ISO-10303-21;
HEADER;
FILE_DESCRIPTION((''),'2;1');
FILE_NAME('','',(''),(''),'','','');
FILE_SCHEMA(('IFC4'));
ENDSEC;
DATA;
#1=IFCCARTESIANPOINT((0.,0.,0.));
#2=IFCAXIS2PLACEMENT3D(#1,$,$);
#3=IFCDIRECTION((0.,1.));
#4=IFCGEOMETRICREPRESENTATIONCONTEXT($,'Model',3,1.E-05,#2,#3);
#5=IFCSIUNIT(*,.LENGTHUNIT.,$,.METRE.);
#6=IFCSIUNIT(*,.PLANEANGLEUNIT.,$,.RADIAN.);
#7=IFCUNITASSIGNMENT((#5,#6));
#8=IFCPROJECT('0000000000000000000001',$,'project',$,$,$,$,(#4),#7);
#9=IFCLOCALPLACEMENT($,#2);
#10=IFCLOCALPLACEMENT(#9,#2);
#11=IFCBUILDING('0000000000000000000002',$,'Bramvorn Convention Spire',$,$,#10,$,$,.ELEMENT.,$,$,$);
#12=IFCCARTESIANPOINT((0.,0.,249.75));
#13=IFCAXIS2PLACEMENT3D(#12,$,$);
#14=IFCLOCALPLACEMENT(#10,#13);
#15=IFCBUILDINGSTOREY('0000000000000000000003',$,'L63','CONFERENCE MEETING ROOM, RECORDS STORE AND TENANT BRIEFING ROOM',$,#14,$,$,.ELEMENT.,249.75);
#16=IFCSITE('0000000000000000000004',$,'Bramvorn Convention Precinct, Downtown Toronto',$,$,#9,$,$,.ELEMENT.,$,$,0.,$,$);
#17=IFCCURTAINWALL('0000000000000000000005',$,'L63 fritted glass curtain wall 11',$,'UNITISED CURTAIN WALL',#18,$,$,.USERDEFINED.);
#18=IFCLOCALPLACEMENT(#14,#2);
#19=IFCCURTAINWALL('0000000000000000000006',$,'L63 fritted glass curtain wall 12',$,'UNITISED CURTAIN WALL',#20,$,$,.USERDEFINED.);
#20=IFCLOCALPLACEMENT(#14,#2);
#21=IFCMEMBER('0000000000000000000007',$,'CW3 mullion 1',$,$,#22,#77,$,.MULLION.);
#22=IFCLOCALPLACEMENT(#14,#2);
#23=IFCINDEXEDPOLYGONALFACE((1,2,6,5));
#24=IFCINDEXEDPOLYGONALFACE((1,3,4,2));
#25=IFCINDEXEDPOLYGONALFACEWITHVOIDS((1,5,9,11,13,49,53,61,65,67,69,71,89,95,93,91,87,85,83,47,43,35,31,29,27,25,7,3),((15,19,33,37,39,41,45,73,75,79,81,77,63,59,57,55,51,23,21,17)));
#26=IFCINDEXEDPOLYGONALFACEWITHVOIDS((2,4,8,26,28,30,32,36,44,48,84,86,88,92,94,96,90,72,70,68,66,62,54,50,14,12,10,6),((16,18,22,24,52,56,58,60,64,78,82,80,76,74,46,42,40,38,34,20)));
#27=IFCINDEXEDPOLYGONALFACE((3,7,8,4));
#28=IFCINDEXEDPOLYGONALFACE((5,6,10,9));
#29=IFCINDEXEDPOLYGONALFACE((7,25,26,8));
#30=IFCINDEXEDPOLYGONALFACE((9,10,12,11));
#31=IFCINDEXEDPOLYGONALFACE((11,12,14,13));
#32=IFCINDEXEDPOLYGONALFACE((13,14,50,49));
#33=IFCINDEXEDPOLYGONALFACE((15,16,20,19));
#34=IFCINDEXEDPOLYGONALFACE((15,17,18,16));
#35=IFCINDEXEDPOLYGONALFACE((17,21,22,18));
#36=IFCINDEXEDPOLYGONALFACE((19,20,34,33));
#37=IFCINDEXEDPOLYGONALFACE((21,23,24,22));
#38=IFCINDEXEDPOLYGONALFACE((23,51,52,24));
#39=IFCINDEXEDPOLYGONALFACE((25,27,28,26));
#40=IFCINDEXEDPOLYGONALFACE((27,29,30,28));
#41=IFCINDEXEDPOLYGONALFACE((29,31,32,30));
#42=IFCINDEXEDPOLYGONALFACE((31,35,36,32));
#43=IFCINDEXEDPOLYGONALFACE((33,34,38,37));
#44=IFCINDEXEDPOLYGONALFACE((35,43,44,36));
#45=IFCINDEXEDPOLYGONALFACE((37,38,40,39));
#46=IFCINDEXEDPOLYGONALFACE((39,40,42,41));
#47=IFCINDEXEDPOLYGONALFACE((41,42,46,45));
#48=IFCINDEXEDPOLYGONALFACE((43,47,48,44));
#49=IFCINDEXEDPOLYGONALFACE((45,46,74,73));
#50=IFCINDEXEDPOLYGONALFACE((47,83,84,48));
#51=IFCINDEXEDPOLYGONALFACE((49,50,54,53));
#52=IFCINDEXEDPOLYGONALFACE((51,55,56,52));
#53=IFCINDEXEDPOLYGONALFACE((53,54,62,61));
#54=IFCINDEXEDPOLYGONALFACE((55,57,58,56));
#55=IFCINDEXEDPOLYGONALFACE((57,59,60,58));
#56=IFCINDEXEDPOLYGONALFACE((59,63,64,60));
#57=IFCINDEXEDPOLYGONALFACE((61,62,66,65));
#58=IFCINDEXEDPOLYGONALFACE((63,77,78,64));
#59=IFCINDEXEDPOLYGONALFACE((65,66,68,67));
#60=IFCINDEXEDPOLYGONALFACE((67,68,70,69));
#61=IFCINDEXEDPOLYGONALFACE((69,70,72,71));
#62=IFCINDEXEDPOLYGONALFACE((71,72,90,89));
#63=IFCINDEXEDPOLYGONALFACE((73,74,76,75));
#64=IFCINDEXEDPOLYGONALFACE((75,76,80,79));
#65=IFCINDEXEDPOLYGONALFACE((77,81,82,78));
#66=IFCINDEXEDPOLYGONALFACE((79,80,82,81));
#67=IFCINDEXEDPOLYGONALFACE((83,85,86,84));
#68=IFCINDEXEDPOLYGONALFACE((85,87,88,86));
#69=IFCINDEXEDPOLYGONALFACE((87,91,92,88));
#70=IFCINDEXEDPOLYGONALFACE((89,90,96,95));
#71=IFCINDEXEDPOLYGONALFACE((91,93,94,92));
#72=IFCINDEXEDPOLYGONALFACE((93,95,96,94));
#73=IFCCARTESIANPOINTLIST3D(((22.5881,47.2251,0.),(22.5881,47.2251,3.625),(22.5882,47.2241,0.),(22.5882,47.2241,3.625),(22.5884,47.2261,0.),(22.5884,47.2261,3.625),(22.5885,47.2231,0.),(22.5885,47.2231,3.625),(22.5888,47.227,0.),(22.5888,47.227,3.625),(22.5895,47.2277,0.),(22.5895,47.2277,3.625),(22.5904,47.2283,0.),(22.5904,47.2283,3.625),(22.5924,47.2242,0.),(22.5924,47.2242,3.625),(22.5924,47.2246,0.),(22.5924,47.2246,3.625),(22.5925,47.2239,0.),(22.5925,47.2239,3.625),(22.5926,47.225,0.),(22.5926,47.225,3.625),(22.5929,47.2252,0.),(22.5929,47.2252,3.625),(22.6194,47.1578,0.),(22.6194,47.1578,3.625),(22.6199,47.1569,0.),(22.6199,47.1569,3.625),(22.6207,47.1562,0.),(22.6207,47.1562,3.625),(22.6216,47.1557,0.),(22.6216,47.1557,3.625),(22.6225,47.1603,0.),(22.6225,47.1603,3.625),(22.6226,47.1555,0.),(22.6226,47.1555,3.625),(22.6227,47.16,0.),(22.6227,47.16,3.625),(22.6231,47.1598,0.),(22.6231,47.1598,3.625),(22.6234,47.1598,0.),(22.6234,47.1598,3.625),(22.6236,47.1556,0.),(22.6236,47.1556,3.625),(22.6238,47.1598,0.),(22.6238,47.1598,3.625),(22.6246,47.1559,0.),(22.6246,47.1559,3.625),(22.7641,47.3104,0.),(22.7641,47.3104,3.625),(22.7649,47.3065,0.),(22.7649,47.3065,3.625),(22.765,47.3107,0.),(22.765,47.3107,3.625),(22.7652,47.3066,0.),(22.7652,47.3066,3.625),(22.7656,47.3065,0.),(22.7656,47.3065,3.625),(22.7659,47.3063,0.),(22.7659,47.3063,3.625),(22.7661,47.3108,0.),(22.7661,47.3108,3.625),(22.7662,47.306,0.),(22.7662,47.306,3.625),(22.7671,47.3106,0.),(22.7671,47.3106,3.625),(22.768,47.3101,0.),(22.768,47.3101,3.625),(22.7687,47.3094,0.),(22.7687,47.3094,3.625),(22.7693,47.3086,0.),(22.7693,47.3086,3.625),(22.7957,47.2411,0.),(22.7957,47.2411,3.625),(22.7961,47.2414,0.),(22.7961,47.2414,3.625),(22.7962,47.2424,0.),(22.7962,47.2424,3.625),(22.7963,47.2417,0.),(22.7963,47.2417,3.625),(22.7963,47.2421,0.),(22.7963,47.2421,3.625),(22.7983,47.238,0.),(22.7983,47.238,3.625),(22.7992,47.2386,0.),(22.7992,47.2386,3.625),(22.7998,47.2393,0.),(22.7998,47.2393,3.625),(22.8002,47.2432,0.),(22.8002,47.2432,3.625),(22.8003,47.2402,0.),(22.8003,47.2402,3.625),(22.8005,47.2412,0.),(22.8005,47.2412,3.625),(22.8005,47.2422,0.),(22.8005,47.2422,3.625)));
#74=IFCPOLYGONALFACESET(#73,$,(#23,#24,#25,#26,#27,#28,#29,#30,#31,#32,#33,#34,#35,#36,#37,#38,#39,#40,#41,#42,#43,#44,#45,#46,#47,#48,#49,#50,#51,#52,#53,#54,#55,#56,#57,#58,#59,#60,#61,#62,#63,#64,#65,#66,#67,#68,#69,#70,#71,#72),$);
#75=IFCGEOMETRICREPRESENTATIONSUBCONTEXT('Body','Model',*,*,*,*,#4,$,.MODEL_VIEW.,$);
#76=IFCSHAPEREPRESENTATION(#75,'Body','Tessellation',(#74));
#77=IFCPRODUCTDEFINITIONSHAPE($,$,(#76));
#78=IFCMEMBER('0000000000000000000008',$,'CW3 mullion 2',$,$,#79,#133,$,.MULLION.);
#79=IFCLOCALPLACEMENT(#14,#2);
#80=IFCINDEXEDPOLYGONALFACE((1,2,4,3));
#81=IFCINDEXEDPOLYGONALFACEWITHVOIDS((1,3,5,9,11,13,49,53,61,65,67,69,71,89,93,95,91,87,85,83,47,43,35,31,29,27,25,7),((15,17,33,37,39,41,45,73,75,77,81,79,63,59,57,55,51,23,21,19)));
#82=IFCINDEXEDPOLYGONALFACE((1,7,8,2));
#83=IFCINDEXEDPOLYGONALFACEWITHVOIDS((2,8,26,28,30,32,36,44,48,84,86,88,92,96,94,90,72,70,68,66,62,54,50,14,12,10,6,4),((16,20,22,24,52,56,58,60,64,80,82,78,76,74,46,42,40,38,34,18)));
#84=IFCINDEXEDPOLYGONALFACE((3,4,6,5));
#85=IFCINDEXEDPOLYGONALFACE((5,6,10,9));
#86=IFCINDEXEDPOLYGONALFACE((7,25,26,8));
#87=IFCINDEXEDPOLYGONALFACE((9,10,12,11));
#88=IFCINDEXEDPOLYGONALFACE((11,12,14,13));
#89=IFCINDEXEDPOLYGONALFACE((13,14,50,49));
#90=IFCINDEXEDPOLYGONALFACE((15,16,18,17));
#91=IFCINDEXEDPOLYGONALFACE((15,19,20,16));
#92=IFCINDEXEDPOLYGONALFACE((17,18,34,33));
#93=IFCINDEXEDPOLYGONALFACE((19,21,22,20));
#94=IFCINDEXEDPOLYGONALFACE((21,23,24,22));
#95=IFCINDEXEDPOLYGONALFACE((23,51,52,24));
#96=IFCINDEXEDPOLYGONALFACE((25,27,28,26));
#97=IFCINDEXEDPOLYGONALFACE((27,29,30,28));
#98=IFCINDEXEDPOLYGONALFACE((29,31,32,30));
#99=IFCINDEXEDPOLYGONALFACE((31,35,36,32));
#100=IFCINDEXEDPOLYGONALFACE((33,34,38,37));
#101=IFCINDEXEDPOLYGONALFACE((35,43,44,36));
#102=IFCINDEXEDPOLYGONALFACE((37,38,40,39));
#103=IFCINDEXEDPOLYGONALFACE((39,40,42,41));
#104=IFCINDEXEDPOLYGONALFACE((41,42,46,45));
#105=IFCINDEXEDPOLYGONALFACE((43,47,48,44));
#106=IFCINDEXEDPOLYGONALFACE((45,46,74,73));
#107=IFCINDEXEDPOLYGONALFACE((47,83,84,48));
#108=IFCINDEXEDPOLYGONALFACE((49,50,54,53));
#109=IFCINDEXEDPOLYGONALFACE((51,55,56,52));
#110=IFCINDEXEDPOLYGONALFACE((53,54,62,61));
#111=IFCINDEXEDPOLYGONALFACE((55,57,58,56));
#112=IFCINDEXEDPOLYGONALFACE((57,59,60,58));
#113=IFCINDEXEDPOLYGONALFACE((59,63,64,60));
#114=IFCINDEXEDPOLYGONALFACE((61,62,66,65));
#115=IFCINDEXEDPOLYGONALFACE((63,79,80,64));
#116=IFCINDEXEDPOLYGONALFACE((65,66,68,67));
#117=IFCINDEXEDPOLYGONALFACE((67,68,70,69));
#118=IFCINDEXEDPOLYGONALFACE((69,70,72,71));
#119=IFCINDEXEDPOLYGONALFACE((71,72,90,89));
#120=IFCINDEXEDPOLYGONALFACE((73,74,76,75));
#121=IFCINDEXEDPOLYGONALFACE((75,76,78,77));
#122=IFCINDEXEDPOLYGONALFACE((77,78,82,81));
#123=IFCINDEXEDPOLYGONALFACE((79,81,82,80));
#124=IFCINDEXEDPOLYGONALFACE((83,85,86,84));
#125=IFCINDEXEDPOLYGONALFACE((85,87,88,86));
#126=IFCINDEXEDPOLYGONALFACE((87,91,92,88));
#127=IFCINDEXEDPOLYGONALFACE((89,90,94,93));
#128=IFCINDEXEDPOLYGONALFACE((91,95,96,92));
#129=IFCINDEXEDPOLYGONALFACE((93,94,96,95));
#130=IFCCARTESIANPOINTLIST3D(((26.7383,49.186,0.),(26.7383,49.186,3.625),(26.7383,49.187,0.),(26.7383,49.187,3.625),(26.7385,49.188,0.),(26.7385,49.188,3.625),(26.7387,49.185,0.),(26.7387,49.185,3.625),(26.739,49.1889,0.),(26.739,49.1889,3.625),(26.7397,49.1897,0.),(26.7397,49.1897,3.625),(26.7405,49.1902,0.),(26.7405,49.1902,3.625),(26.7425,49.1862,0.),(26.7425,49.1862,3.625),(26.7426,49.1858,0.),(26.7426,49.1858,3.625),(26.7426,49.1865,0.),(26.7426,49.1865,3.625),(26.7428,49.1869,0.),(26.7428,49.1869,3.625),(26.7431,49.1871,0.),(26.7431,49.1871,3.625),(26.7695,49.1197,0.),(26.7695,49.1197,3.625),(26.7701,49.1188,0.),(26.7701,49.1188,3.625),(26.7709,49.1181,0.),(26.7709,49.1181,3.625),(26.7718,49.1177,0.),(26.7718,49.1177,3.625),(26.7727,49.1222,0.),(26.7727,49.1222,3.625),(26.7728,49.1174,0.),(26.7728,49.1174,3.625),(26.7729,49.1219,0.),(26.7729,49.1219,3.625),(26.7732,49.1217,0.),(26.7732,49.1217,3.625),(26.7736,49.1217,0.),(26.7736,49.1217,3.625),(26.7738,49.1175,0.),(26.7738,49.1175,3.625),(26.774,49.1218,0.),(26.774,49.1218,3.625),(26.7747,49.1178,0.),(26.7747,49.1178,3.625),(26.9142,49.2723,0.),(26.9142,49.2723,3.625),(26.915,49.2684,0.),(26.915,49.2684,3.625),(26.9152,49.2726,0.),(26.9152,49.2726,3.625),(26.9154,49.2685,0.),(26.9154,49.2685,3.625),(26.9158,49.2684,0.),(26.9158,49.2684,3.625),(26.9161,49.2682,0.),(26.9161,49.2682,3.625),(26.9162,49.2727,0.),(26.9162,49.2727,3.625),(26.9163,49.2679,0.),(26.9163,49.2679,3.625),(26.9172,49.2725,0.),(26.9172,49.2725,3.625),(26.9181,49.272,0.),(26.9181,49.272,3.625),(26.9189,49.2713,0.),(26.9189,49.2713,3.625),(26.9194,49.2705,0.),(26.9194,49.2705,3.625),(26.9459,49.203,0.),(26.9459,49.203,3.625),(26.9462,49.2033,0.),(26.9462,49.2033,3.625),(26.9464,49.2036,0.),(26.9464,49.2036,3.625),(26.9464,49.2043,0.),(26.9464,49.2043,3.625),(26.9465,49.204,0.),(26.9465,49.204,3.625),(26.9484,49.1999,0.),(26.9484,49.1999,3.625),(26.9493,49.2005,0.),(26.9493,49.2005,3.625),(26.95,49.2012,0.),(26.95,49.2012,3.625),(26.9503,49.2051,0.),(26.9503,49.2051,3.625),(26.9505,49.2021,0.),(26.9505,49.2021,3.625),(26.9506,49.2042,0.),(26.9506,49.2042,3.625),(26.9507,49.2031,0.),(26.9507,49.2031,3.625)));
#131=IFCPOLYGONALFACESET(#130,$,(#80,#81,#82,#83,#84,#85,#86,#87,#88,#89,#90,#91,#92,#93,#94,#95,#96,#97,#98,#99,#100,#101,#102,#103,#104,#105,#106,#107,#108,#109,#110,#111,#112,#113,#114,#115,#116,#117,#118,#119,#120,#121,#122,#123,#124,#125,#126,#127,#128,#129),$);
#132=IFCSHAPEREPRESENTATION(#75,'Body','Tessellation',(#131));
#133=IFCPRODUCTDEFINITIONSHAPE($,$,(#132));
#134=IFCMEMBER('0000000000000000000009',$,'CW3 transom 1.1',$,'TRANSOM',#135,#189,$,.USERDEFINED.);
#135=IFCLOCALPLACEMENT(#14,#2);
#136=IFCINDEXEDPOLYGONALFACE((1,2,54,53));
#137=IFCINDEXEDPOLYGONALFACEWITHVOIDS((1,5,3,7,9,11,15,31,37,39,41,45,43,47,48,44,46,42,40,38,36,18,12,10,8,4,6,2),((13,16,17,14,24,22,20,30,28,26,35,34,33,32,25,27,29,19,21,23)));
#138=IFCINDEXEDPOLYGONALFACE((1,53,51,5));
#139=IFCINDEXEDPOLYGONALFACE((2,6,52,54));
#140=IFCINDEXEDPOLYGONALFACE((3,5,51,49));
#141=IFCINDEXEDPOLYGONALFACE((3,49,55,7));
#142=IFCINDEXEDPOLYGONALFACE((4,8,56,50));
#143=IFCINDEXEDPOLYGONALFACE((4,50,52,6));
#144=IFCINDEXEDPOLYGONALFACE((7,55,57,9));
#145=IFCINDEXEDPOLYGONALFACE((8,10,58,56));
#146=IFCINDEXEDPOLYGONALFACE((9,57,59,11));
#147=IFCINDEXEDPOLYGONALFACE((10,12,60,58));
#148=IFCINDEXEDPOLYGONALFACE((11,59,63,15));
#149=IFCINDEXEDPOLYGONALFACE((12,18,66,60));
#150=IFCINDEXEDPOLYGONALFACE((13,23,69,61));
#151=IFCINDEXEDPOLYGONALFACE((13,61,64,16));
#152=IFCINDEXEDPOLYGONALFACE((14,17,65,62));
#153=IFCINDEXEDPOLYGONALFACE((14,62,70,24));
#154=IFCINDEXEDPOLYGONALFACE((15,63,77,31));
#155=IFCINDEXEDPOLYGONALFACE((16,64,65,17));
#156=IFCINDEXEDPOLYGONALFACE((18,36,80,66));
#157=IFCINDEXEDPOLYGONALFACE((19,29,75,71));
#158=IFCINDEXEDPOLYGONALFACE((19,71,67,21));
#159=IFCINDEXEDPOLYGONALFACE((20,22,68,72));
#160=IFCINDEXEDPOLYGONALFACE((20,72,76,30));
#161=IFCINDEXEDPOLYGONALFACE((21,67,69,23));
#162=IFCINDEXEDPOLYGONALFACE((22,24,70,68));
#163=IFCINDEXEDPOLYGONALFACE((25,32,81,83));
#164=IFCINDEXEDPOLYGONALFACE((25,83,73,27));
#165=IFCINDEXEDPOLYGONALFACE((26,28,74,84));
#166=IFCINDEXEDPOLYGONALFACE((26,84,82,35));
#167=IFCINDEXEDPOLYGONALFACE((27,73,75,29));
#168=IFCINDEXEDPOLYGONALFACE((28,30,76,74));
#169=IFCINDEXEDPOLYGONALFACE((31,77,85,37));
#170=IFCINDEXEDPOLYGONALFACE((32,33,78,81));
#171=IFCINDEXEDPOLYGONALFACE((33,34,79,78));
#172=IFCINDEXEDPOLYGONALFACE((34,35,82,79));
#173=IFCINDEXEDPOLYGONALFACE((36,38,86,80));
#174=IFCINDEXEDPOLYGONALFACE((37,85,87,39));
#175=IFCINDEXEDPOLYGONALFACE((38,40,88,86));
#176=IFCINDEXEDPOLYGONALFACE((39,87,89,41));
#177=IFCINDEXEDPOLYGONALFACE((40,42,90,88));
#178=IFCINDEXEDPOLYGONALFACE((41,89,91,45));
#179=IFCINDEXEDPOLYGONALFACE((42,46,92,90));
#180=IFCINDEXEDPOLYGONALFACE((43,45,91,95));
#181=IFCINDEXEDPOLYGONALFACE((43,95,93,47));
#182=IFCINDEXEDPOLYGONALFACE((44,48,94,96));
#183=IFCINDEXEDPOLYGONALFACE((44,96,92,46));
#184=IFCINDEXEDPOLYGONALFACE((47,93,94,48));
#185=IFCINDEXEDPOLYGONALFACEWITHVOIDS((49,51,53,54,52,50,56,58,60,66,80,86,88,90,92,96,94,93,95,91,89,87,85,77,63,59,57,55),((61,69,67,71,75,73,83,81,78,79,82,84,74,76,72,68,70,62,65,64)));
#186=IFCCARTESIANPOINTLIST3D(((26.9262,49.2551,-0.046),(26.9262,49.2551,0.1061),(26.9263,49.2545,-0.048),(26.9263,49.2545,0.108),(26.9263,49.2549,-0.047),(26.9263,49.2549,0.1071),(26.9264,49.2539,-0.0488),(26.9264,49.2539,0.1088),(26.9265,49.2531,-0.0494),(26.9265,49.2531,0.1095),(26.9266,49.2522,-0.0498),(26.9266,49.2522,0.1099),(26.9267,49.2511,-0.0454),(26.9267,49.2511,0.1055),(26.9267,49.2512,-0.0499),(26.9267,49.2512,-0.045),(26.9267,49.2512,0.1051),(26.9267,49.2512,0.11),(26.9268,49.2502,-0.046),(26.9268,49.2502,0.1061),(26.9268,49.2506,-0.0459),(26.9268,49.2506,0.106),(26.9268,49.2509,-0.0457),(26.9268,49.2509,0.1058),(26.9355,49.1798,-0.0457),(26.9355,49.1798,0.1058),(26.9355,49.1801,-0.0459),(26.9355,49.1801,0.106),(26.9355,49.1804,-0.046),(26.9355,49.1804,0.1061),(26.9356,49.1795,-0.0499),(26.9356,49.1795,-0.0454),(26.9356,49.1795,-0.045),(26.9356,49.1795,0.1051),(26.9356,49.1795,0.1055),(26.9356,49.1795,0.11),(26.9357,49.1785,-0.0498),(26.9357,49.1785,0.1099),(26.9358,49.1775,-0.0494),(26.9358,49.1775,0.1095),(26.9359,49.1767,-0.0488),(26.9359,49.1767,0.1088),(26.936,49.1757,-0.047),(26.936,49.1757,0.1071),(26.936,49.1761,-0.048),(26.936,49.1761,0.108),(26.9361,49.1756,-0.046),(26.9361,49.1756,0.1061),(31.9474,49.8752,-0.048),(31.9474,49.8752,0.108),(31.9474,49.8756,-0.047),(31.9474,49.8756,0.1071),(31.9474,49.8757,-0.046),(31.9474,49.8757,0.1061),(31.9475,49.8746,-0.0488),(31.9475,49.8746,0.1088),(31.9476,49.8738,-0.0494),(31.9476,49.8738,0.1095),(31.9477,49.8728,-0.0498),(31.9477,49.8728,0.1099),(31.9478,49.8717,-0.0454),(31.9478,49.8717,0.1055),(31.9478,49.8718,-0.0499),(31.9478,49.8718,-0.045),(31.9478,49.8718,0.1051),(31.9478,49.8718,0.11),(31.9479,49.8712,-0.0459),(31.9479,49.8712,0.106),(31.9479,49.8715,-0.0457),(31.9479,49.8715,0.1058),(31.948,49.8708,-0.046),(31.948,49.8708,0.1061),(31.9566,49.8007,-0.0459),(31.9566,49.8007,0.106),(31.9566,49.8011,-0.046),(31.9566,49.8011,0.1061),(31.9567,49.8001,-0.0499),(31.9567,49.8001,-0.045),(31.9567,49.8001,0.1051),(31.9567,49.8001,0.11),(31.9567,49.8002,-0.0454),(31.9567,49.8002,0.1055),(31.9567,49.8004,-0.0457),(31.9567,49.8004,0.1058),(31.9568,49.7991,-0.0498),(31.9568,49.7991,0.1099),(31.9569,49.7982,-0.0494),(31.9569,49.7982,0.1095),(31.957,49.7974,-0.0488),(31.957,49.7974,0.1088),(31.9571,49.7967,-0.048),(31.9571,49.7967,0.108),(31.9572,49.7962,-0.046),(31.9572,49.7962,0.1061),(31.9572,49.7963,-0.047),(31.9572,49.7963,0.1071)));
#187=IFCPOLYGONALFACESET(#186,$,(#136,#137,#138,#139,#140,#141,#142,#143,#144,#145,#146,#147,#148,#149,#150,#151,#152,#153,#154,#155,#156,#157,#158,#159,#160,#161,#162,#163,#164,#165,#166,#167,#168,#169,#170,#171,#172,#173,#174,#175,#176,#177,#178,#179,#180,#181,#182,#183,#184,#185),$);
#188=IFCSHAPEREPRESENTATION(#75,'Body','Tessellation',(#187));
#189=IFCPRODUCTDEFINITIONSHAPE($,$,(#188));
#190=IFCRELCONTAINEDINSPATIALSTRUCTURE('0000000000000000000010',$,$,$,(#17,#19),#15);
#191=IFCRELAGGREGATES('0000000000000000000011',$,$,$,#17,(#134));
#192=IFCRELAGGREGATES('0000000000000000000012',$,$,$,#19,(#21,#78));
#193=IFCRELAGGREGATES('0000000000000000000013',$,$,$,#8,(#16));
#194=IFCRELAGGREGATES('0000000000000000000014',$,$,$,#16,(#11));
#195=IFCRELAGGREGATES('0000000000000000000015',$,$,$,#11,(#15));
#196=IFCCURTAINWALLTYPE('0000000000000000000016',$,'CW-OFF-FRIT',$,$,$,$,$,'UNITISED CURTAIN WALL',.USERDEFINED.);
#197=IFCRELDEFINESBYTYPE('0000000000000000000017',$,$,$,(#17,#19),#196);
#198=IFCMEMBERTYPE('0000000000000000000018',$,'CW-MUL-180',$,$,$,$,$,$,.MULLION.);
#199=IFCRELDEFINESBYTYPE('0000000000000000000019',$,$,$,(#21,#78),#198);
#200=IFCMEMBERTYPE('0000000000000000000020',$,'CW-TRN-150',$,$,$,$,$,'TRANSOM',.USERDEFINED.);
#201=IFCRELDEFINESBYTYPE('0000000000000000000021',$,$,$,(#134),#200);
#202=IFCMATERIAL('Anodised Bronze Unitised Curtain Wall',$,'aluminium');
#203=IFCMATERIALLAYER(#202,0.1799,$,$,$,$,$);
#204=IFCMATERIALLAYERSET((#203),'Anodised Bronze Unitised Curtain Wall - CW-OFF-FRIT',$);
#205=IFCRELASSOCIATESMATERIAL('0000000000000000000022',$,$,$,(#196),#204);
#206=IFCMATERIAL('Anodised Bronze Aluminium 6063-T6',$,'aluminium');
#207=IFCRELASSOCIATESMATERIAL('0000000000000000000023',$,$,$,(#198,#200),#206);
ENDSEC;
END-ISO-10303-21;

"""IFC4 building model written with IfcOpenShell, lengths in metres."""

from ifc_helpers import new_model, si_unit, direction, frame, origin, origin_2d, place, context, subcontext, project, spatial, hollow_rectangle, extrude, material, layer, layer_set, material_profile, profile_set, type_object, element, aggregate, save


model = new_model("IFC4")

# Units and contexts
model_context = context("Model", 3, precision=1e-05, world=origin(), true_north=direction((0.0, 1.0)))
body_context = subcontext(model_context, "Body", "Model", "MODEL_VIEW")
ifc_project = project(units=[si_unit("LENGTHUNIT", "METRE"), si_unit("PLANEANGLEUNIT", "RADIAN")], contexts=[model_context])

# Site, building, storey
site_placement = place(None, origin())
site = spatial("IfcSite", under=ifc_project, at=site_placement, Name="Bramvorn Convention Precinct, Downtown Toronto", CompositionType="ELEMENT", RefElevation=0.0)
building_placement = place(site_placement, origin())
building = spatial("IfcBuilding", under=site, at=building_placement, Name="Bramvorn Convention Spire", CompositionType="ELEMENT")
storey_placement = place(building_placement, frame((0.0, 0.0, 249.75)))
storey = spatial("IfcBuildingStorey", under=building, at=storey_placement, Name="L63", Description="CONFERENCE MEETING ROOM, RECORDS STORE AND TENANT BRIEFING ROOM", CompositionType="ELEMENT", Elevation=249.75)

# Curtain walls, members
ifc_material_1 = material(Name="Anodised Bronze Unitised Curtain Wall", Category="aluminium")
ifc_layer_1 = layer(ifc_material_1, 0.1799)
ifc_layer_set_1 = layer_set([ifc_layer_1], Name="Anodised Bronze Unitised Curtain Wall - CW-OFF-FRIT")
curtain_wall_type = type_object("IfcCurtainWallType", Name="CW-OFF-FRIT", ElementType="UNITISED CURTAIN WALL", PredefinedType="USERDEFINED", material=ifc_layer_set_1)
curtain_wall_1_placement = place(storey_placement, origin())
curtain_wall_1 = element("IfcCurtainWall", 1, at=curtain_wall_1_placement, inside=storey, type_object=curtain_wall_type, Name="L63 fritted glass curtain wall 11", ObjectType="UNITISED CURTAIN WALL", PredefinedType="USERDEFINED")
ifc_material_2 = material(Name="Anodised Bronze Aluminium 6063-T6", Category="aluminium")
ifc_material_profile_1 = material_profile(ifc_material_2, hollow_rectangle(XDim=0.0801, YDim=0.2, WallThickness=0.0039, InnerFilletRadius=0.001, OuterFilletRadius=0.0039, at=origin_2d()))
ifc_profile_set_1 = profile_set([ifc_material_profile_1], Name="Anodised Bronze Aluminium 6063-T6 - CWM80X200")
member_type_1 = type_object("IfcMemberType", Name="CW-MUL-180", PredefinedType="MULLION", material=ifc_profile_set_1)
curtain_wall_2_placement = place(storey_placement, origin())
curtain_wall_2 = element("IfcCurtainWall", 2, at=curtain_wall_2_placement, inside=storey, type_object=curtain_wall_type, Name="L63 fritted glass curtain wall 12", ObjectType="UNITISED CURTAIN WALL", PredefinedType="USERDEFINED")
member_1_placement = place(storey_placement, frame((22.6943, 47.2332, 0.0), z_axis=(0.0, 0.0, 1.0), x_axis=(-0.427409, 0.904059, 0.0)))
member_1 = element("IfcMember", 3, at=member_1_placement, type_object=member_type_1, Name="CW3 mullion 1", PredefinedType="MULLION", context=body_context, shape_type="SweptSolid", body=[
    extrude(hollow_rectangle(XDim=0.0801, YDim=0.2, WallThickness=0.0039, InnerFilletRadius=0.001, OuterFilletRadius=0.0039, at=origin_2d()), origin(), (0.0, 0.0, 1.0), 3.625),
])
member_2_placement = place(storey_placement, frame((26.8445, 49.1951, 0.0), z_axis=(0.0, 0.0, 1.0), x_axis=(-0.427409, 0.904059, 0.0)))
member_2 = element("IfcMember", 4, at=member_2_placement, type_object=member_type_1, Name="CW3 mullion 2", PredefinedType="MULLION", context=body_context, shape_type="SweptSolid", body=[
    extrude(hollow_rectangle(XDim=0.0801, YDim=0.2, WallThickness=0.0039, InnerFilletRadius=0.001, OuterFilletRadius=0.0039, at=origin_2d()), origin(), (0.0, 0.0, 1.0), 3.625),
])

# Member
ifc_material_profile_2 = material_profile(ifc_material_2, hollow_rectangle(XDim=0.0801, YDim=0.1599, WallThickness=0.0039, InnerFilletRadius=0.001, OuterFilletRadius=0.0039, at=origin_2d()))
ifc_profile_set_2 = profile_set([ifc_material_profile_2], Name="Anodised Bronze Aluminium 6063-T6 - CWT80X160")
member_type_2 = type_object("IfcMemberType", Name="CW-TRN-150", ElementType="TRANSOM", PredefinedType="USERDEFINED", material=ifc_profile_set_2)
member_3_placement = place(storey_placement, frame((26.9312, 49.2153, 0.03), z_axis=(0.992448, 0.122669, 0.0), x_axis=(-0.122669, 0.992448, 0.0)))
member_3 = element("IfcMember", 5, at=member_3_placement, type_object=member_type_2, Name="CW3 transom 1.1", ObjectType="TRANSOM", PredefinedType="USERDEFINED", context=body_context, shape_type="SweptSolid", body=[
    extrude(hollow_rectangle(XDim=0.0801, YDim=0.1599, WallThickness=0.0039, InnerFilletRadius=0.001, OuterFilletRadius=0.0039, at=origin_2d()), origin(), (0.0, 0.0, 1.0), 5.0593),
])

aggregate(curtain_wall_1, [member_3])
aggregate(curtain_wall_2, [member_1, member_2])

save(model, "model.ifc")
